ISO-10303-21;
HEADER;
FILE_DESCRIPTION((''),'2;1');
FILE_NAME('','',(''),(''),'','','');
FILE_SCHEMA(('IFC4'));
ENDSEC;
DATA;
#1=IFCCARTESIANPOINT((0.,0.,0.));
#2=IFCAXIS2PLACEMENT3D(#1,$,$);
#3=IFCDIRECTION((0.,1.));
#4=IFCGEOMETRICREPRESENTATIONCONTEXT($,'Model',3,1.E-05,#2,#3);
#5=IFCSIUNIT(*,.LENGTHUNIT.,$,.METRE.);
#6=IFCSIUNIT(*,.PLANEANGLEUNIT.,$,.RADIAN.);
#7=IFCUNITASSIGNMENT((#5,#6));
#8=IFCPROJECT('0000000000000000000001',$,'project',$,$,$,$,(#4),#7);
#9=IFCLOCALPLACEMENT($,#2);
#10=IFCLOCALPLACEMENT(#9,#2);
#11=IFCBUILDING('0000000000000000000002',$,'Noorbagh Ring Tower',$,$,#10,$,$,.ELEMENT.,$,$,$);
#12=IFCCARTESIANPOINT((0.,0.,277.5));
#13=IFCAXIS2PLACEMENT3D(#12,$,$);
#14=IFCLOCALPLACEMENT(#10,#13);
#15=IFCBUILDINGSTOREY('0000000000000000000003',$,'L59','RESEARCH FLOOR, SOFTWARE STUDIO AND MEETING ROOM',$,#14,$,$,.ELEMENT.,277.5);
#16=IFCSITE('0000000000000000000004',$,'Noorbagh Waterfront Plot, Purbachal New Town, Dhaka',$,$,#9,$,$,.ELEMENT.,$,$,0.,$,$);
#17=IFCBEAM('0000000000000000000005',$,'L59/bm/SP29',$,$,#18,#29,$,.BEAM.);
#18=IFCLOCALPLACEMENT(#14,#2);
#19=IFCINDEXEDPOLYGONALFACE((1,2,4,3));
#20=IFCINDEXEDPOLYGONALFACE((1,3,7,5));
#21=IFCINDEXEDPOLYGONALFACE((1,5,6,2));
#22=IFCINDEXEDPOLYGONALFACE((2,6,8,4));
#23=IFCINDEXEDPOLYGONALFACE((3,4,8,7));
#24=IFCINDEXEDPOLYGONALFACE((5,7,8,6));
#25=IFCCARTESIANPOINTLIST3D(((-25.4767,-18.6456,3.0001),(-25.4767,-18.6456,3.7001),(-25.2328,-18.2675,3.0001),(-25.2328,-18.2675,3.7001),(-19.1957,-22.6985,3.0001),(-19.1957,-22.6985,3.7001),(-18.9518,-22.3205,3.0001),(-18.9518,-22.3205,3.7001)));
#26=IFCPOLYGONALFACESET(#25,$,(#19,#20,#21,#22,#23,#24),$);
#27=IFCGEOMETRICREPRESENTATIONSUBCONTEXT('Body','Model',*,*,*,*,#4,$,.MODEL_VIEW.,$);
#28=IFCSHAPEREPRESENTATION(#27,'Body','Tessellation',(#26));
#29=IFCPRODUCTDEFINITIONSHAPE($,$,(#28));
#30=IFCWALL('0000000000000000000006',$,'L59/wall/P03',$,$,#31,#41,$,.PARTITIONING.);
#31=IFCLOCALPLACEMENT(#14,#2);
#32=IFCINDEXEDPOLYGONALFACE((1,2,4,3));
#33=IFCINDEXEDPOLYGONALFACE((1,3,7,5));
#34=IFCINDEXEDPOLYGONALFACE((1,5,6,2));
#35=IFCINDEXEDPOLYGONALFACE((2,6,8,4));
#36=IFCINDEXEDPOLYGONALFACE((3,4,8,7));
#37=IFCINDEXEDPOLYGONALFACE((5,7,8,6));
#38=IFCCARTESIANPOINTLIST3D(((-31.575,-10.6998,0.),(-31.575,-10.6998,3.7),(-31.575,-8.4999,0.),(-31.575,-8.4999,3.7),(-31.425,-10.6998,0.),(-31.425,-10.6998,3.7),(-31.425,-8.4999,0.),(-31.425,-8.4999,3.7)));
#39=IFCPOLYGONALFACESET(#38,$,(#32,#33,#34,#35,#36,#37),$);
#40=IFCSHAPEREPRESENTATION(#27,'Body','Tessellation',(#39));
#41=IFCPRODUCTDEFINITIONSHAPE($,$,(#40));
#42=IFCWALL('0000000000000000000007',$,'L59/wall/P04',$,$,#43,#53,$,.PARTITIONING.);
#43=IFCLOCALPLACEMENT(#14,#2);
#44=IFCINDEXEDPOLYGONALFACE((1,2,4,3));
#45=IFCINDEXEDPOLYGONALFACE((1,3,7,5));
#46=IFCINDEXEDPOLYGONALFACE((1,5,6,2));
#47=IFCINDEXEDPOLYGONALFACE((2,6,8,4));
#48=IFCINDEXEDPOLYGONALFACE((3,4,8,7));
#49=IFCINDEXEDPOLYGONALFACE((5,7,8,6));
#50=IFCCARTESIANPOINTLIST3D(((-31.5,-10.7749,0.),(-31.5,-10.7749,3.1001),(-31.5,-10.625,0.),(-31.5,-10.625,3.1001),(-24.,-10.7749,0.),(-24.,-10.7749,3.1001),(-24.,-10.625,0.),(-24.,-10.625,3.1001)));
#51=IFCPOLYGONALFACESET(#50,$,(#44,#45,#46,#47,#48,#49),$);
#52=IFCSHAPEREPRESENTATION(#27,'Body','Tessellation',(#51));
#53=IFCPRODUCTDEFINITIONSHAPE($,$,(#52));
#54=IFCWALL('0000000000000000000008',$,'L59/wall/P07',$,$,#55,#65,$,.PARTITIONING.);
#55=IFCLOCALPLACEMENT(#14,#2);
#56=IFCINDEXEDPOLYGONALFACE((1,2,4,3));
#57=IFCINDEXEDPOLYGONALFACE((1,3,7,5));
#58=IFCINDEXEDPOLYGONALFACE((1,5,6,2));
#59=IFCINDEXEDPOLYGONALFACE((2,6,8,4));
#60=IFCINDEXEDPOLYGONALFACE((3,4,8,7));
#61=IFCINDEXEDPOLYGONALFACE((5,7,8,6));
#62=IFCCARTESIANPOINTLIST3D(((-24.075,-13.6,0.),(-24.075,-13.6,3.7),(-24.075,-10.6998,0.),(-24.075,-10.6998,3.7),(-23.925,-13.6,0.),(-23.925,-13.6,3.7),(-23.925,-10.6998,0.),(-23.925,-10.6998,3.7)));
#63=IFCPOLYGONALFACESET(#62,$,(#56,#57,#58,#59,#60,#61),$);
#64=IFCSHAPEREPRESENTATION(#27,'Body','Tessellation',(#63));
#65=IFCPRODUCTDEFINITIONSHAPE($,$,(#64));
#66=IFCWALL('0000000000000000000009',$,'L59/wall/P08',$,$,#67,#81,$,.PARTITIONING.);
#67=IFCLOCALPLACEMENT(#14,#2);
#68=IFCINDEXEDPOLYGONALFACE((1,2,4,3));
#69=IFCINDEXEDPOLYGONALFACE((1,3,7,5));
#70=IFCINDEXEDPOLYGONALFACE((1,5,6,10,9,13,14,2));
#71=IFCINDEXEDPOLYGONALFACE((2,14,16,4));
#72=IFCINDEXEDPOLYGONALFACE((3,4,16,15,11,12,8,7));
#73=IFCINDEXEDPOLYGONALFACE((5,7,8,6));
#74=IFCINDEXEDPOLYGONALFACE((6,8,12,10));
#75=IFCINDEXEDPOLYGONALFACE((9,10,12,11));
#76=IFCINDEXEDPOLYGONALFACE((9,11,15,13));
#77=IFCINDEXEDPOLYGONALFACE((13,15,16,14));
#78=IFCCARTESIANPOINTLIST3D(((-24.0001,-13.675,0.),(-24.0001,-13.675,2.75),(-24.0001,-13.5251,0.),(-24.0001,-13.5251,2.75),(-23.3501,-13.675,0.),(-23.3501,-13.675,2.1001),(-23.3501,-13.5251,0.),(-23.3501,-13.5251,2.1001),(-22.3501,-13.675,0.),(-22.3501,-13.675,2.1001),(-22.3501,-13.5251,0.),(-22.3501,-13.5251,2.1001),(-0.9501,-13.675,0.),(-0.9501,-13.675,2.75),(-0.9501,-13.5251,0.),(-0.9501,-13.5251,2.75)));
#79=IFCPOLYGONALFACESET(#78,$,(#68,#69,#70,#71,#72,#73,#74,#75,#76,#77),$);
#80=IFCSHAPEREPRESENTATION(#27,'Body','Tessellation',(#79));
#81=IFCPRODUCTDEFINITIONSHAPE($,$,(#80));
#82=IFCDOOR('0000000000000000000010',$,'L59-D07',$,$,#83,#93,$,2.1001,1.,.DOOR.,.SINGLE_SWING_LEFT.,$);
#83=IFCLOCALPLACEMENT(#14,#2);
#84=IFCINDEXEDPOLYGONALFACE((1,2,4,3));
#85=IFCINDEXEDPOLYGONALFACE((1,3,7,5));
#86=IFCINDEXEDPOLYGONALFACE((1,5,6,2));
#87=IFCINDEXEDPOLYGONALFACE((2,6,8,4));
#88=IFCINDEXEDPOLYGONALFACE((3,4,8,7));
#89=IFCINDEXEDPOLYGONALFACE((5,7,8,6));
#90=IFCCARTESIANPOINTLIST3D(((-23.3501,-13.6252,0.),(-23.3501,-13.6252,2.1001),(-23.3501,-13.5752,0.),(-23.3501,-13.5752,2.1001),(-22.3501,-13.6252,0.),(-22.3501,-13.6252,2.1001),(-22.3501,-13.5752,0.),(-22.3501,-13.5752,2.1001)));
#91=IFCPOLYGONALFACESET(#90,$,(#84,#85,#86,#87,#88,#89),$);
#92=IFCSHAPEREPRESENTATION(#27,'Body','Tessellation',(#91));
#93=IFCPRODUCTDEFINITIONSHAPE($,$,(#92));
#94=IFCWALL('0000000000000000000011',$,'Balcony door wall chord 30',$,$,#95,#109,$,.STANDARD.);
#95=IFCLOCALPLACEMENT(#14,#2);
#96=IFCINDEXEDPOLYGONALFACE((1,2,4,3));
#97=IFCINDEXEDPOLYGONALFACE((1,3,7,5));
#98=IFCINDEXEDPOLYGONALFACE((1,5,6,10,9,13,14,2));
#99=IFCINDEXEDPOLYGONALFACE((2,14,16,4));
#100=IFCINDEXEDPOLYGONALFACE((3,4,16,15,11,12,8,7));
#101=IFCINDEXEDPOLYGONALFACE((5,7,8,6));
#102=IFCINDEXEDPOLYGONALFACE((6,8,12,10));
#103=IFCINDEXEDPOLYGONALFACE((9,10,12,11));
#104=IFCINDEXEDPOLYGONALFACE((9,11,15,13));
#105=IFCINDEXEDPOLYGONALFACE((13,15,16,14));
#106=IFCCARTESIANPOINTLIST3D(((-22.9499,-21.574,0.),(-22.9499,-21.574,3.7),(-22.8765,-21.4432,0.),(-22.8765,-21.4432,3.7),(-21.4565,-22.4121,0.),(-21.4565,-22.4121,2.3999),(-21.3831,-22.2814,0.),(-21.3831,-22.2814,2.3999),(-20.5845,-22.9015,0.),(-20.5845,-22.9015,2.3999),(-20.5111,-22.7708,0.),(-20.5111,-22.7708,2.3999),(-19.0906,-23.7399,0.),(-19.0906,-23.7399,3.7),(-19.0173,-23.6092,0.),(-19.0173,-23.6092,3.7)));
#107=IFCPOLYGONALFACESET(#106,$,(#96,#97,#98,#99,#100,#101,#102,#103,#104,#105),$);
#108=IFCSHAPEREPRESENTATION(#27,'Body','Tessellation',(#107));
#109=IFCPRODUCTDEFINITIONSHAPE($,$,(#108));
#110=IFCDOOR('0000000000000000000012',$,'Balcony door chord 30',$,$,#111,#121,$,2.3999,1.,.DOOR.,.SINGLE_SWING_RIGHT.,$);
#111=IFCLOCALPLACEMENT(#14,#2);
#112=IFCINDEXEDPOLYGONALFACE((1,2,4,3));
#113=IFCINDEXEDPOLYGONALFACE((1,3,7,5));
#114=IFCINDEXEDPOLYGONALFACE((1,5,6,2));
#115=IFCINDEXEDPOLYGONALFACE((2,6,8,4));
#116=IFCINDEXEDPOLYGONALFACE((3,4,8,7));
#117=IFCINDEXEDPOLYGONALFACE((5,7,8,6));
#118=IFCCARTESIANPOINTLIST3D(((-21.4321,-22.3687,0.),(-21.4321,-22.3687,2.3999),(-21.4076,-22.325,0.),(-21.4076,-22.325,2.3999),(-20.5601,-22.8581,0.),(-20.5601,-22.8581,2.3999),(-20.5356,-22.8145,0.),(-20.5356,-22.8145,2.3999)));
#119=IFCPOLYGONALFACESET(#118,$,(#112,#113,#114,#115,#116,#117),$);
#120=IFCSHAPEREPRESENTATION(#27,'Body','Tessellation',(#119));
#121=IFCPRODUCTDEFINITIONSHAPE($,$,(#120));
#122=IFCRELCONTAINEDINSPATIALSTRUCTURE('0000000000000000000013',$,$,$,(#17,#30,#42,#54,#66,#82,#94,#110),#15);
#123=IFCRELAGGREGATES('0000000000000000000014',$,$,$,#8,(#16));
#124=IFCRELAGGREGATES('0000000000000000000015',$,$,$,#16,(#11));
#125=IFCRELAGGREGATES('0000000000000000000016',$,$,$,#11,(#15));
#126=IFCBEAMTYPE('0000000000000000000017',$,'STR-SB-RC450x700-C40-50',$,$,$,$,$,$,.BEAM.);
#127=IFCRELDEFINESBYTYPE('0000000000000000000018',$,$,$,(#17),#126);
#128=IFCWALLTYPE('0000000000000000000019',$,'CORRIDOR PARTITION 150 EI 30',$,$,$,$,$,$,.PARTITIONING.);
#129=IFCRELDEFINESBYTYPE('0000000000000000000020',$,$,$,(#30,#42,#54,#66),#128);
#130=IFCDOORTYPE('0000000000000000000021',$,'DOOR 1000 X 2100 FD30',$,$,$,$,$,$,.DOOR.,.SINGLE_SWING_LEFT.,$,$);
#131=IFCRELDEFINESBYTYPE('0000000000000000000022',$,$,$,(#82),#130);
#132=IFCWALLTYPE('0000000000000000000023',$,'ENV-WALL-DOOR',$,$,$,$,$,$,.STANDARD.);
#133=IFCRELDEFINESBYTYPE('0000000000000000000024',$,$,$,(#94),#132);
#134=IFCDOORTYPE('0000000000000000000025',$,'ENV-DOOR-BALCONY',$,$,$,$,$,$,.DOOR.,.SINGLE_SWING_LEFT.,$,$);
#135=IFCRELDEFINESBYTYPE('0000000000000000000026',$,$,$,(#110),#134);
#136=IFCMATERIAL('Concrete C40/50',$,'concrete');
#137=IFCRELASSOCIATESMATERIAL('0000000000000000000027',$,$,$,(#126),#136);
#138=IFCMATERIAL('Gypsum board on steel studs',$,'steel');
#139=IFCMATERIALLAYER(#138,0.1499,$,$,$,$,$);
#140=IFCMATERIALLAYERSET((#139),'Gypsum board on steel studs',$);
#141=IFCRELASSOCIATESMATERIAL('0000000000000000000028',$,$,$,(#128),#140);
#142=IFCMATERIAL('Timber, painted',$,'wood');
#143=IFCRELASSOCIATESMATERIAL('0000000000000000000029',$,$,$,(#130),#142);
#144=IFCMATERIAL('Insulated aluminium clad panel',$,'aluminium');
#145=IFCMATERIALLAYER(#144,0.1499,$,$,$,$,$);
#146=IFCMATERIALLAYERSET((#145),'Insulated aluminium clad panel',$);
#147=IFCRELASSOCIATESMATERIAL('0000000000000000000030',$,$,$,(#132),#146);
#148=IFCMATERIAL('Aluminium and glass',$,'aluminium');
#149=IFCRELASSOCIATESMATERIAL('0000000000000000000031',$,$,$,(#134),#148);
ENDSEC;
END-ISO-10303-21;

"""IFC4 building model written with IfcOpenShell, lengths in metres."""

from ifc_helpers import new_model, si_unit, direction, frame, frame_2d, origin, origin_2d, place, context, subcontext, project, spatial, rectangle, extrude, material, layer, layer_set, material_profile, profile_set, type_object, element, fill, save


model = new_model("IFC4")

# Units and contexts
model_context = context("Model", 3, precision=1e-05, world=origin(), true_north=direction((0.0, 1.0)))
body_context = subcontext(model_context, "Body", "Model", "MODEL_VIEW")
ifc_project = project(units=[si_unit("LENGTHUNIT", "METRE"), si_unit("PLANEANGLEUNIT", "RADIAN")], contexts=[model_context])

# Site, building, storey
site_placement = place(None, origin())
site = spatial("IfcSite", under=ifc_project, at=site_placement, Name="Noorbagh Waterfront Plot, Purbachal New Town, Dhaka", CompositionType="ELEMENT", RefElevation=0.0)
building_placement = place(site_placement, origin())
building = spatial("IfcBuilding", under=site, at=building_placement, Name="Noorbagh Ring Tower", CompositionType="ELEMENT")
storey_placement = place(building_placement, frame((0.0, 0.0, 277.5)))
storey = spatial("IfcBuildingStorey", under=building, at=storey_placement, Name="L59", Description="RESEARCH FLOOR, SOFTWARE STUDIO AND MEETING ROOM", CompositionType="ELEMENT", Elevation=277.5)

# Beam
ifc_material_1 = material(Name="Concrete C40/50", Category="concrete")
ifc_material_profile_1 = material_profile(ifc_material_1, rectangle(XDim=0.45, YDim=0.7, at=origin_2d()), Name="RC450x700")
ifc_profile_set_1 = profile_set([ifc_material_profile_1], Name="Concrete C40/50")
beam_type_1 = type_object("IfcBeamType", Name="STR-SB-RC450x700-C40-50", PredefinedType="BEAM", material=ifc_profile_set_1)
beam_1_placement = place(storey_placement, frame((-25.3547, -18.4565, 3.3501), z_axis=(0.840253, -0.542195, 0.0), x_axis=(0.542195, 0.840253, 0.0)))
element("IfcBeam", 1, at=beam_1_placement, inside=storey, type_object=beam_type_1, Name="L59/bm/SP29", PredefinedType="BEAM", context=body_context, shape_type="SweptSolid", body=[
    extrude(rectangle(XDim=0.45, YDim=0.7, at=origin_2d()), origin(), (0.0, 0.0, 1.0), 7.4751),
])

# Walls
ifc_material_2 = material(Name="Gypsum board on steel studs", Category="steel")
ifc_layer_1 = layer(ifc_material_2, 0.1499)
ifc_layer_set_1 = layer_set([ifc_layer_1], Name="Gypsum board on steel studs")
wall_type_1 = type_object("IfcWallType", Name="CORRIDOR PARTITION 150 EI 30", PredefinedType="PARTITIONING", material=ifc_layer_set_1)
wall_1_placement = place(storey_placement, frame((-31.5, -10.7, 0.0), z_axis=(0.0, 0.0, 1.0), x_axis=(0.0, 1.0, 0.0)))
element("IfcWall", 2, at=wall_1_placement, inside=storey, type_object=wall_type_1, Name="L59/wall/P03", PredefinedType="PARTITIONING", context=body_context, shape_type="SweptSolid", body=[
    extrude(rectangle(XDim=2.2, YDim=0.1499, at=frame_2d((1.1001, 0.0))), origin(), (0.0, 0.0, 1.0), 3.7),
])
wall_2_placement = place(storey_placement, frame((-31.5, -10.7, 0.0), z_axis=(0.0, 0.0, 1.0), x_axis=(1.0, 0.0, 0.0)))
element("IfcWall", 3, at=wall_2_placement, inside=storey, type_object=wall_type_1, Name="L59/wall/P04", PredefinedType="PARTITIONING", context=body_context, shape_type="SweptSolid", body=[
    extrude(rectangle(XDim=7.5, YDim=0.1499, at=frame_2d((3.75, 0.0))), origin(), (0.0, 0.0, 1.0), 3.1001),
])
wall_3_placement = place(storey_placement, frame((-24.0, -13.6001, 0.0), z_axis=(0.0, 0.0, 1.0), x_axis=(0.0, 1.0, 0.0)))
element("IfcWall", 4, at=wall_3_placement, inside=storey, type_object=wall_type_1, Name="L59/wall/P07", PredefinedType="PARTITIONING", context=body_context, shape_type="SweptSolid", body=[
    extrude(rectangle(XDim=2.9001, YDim=0.1499, at=frame_2d((1.4502, 0.0))), origin(), (0.0, 0.0, 1.0), 3.7),
])

# Walls, openings, doors
wall_4_placement = place(storey_placement, frame((-24.0, -13.6001, 0.0), z_axis=(0.0, 0.0, 1.0), x_axis=(1.0, 0.0, 0.0)))
wall_4 = element("IfcWall", 5, at=wall_4_placement, inside=storey, type_object=wall_type_1, Name="L59/wall/P08", PredefinedType="PARTITIONING", context=body_context, shape_type="SweptSolid", body=[
    extrude(rectangle(XDim=23.05, YDim=0.1499, at=frame_2d((11.5249, 0.0))), origin(), (0.0, 0.0, 1.0), 2.75),
])
opening_1_placement = place(wall_4_placement, frame((0.6499, 0.0, 0.0)))
opening_1 = element("IfcOpeningElement", 6, at=opening_1_placement, cuts=wall_4, PredefinedType="OPENING", context=body_context, shape_type="SweptSolid", body=[
    extrude(rectangle(XDim=1.0, YDim=2.1001, at=frame_2d((0.5, 1.05))), frame((0.0, 0.085, 0.0), z_axis=(0.0, -1.0, 0.0), x_axis=(1.0, 0.0, 0.0)), (0.0, 0.0, 1.0), 0.1699),
])
ifc_material_3 = material(Name="Timber, painted", Category="wood")
door_type_1 = type_object("IfcDoorType", Name="DOOR 1000 X 2100 FD30", OperationType="SINGLE_SWING_LEFT", PredefinedType="DOOR", material=ifc_material_3)
door_1_placement = place(opening_1_placement, origin())
door_1 = element("IfcDoor", 7, at=door_1_placement, inside=storey, type_object=door_type_1, Name="L59-D07", OperationType="SINGLE_SWING_LEFT", OverallHeight=2.1001, OverallWidth=1.0, PredefinedType="DOOR", context=body_context, shape_type="SweptSolid", body=[
    extrude(rectangle(XDim=1.0, YDim=2.1001, at=frame_2d((0.5, 1.05))), frame((0.0, 0.0249, 0.0), z_axis=(0.0, -1.0, 0.0), x_axis=(1.0, 0.0, 0.0)), (0.0, 0.0, 1.0), 0.05),
])
fill(opening_1, door_1)
ifc_material_4 = material(Name="Insulated aluminium clad panel", Category="aluminium")
ifc_layer_2 = layer(ifc_material_4, 0.1499)
ifc_layer_set_2 = layer_set([ifc_layer_2], Name="Insulated aluminium clad panel")
wall_type_2 = type_object("IfcWallType", Name="ENV-WALL-DOOR", PredefinedType="STANDARD", material=ifc_layer_set_2)
wall_5_placement = place(storey_placement, frame((-22.9133, -21.5085, 0.0), z_axis=(0.0, 0.0, 1.0), x_axis=(0.872047, -0.489423, 0.0)))
wall_5 = element("IfcWall", 8, at=wall_5_placement, inside=storey, type_object=wall_type_2, Name="Balcony door wall chord 30", PredefinedType="STANDARD", context=body_context, shape_type="SweptSolid", body=[
    extrude(rectangle(XDim=4.4255, YDim=0.1499, at=frame_2d((2.2129, 0.0))), origin(), (0.0, 0.0, 1.0), 3.7),
])
opening_2_placement = place(wall_5_placement, frame((1.7126, 0.0, 0.0)))
opening_2 = element("IfcOpeningElement", 9, at=opening_2_placement, cuts=wall_5, PredefinedType="OPENING", context=body_context, shape_type="SweptSolid", body=[
    extrude(rectangle(XDim=1.0, YDim=2.3999, at=frame_2d((0.5, 1.2))), frame((0.0, 0.085, 0.0), z_axis=(0.0, -1.0, 0.0), x_axis=(1.0, 0.0, 0.0)), (0.0, 0.0, 1.0), 0.1699),
])
ifc_material_5 = material(Name="Aluminium and glass", Category="aluminium")
door_type_2 = type_object("IfcDoorType", Name="ENV-DOOR-BALCONY", OperationType="SINGLE_SWING_LEFT", PredefinedType="DOOR", material=ifc_material_5)
door_2_placement = place(opening_2_placement, origin())
door_2 = element("IfcDoor", 10, at=door_2_placement, inside=storey, type_object=door_type_2, Name="Balcony door chord 30", OperationType="SINGLE_SWING_RIGHT", OverallHeight=2.3999, OverallWidth=1.0, PredefinedType="DOOR", context=body_context, shape_type="SweptSolid", body=[
    extrude(rectangle(XDim=1.0, YDim=2.3999, at=frame_2d((0.5, 1.2))), frame((0.0, 0.0249, 0.0), z_axis=(0.0, -1.0, 0.0), x_axis=(1.0, 0.0, 0.0)), (0.0, 0.0, 1.0), 0.05),
])
fill(opening_2, door_2)

save(model, "model.ifc")
